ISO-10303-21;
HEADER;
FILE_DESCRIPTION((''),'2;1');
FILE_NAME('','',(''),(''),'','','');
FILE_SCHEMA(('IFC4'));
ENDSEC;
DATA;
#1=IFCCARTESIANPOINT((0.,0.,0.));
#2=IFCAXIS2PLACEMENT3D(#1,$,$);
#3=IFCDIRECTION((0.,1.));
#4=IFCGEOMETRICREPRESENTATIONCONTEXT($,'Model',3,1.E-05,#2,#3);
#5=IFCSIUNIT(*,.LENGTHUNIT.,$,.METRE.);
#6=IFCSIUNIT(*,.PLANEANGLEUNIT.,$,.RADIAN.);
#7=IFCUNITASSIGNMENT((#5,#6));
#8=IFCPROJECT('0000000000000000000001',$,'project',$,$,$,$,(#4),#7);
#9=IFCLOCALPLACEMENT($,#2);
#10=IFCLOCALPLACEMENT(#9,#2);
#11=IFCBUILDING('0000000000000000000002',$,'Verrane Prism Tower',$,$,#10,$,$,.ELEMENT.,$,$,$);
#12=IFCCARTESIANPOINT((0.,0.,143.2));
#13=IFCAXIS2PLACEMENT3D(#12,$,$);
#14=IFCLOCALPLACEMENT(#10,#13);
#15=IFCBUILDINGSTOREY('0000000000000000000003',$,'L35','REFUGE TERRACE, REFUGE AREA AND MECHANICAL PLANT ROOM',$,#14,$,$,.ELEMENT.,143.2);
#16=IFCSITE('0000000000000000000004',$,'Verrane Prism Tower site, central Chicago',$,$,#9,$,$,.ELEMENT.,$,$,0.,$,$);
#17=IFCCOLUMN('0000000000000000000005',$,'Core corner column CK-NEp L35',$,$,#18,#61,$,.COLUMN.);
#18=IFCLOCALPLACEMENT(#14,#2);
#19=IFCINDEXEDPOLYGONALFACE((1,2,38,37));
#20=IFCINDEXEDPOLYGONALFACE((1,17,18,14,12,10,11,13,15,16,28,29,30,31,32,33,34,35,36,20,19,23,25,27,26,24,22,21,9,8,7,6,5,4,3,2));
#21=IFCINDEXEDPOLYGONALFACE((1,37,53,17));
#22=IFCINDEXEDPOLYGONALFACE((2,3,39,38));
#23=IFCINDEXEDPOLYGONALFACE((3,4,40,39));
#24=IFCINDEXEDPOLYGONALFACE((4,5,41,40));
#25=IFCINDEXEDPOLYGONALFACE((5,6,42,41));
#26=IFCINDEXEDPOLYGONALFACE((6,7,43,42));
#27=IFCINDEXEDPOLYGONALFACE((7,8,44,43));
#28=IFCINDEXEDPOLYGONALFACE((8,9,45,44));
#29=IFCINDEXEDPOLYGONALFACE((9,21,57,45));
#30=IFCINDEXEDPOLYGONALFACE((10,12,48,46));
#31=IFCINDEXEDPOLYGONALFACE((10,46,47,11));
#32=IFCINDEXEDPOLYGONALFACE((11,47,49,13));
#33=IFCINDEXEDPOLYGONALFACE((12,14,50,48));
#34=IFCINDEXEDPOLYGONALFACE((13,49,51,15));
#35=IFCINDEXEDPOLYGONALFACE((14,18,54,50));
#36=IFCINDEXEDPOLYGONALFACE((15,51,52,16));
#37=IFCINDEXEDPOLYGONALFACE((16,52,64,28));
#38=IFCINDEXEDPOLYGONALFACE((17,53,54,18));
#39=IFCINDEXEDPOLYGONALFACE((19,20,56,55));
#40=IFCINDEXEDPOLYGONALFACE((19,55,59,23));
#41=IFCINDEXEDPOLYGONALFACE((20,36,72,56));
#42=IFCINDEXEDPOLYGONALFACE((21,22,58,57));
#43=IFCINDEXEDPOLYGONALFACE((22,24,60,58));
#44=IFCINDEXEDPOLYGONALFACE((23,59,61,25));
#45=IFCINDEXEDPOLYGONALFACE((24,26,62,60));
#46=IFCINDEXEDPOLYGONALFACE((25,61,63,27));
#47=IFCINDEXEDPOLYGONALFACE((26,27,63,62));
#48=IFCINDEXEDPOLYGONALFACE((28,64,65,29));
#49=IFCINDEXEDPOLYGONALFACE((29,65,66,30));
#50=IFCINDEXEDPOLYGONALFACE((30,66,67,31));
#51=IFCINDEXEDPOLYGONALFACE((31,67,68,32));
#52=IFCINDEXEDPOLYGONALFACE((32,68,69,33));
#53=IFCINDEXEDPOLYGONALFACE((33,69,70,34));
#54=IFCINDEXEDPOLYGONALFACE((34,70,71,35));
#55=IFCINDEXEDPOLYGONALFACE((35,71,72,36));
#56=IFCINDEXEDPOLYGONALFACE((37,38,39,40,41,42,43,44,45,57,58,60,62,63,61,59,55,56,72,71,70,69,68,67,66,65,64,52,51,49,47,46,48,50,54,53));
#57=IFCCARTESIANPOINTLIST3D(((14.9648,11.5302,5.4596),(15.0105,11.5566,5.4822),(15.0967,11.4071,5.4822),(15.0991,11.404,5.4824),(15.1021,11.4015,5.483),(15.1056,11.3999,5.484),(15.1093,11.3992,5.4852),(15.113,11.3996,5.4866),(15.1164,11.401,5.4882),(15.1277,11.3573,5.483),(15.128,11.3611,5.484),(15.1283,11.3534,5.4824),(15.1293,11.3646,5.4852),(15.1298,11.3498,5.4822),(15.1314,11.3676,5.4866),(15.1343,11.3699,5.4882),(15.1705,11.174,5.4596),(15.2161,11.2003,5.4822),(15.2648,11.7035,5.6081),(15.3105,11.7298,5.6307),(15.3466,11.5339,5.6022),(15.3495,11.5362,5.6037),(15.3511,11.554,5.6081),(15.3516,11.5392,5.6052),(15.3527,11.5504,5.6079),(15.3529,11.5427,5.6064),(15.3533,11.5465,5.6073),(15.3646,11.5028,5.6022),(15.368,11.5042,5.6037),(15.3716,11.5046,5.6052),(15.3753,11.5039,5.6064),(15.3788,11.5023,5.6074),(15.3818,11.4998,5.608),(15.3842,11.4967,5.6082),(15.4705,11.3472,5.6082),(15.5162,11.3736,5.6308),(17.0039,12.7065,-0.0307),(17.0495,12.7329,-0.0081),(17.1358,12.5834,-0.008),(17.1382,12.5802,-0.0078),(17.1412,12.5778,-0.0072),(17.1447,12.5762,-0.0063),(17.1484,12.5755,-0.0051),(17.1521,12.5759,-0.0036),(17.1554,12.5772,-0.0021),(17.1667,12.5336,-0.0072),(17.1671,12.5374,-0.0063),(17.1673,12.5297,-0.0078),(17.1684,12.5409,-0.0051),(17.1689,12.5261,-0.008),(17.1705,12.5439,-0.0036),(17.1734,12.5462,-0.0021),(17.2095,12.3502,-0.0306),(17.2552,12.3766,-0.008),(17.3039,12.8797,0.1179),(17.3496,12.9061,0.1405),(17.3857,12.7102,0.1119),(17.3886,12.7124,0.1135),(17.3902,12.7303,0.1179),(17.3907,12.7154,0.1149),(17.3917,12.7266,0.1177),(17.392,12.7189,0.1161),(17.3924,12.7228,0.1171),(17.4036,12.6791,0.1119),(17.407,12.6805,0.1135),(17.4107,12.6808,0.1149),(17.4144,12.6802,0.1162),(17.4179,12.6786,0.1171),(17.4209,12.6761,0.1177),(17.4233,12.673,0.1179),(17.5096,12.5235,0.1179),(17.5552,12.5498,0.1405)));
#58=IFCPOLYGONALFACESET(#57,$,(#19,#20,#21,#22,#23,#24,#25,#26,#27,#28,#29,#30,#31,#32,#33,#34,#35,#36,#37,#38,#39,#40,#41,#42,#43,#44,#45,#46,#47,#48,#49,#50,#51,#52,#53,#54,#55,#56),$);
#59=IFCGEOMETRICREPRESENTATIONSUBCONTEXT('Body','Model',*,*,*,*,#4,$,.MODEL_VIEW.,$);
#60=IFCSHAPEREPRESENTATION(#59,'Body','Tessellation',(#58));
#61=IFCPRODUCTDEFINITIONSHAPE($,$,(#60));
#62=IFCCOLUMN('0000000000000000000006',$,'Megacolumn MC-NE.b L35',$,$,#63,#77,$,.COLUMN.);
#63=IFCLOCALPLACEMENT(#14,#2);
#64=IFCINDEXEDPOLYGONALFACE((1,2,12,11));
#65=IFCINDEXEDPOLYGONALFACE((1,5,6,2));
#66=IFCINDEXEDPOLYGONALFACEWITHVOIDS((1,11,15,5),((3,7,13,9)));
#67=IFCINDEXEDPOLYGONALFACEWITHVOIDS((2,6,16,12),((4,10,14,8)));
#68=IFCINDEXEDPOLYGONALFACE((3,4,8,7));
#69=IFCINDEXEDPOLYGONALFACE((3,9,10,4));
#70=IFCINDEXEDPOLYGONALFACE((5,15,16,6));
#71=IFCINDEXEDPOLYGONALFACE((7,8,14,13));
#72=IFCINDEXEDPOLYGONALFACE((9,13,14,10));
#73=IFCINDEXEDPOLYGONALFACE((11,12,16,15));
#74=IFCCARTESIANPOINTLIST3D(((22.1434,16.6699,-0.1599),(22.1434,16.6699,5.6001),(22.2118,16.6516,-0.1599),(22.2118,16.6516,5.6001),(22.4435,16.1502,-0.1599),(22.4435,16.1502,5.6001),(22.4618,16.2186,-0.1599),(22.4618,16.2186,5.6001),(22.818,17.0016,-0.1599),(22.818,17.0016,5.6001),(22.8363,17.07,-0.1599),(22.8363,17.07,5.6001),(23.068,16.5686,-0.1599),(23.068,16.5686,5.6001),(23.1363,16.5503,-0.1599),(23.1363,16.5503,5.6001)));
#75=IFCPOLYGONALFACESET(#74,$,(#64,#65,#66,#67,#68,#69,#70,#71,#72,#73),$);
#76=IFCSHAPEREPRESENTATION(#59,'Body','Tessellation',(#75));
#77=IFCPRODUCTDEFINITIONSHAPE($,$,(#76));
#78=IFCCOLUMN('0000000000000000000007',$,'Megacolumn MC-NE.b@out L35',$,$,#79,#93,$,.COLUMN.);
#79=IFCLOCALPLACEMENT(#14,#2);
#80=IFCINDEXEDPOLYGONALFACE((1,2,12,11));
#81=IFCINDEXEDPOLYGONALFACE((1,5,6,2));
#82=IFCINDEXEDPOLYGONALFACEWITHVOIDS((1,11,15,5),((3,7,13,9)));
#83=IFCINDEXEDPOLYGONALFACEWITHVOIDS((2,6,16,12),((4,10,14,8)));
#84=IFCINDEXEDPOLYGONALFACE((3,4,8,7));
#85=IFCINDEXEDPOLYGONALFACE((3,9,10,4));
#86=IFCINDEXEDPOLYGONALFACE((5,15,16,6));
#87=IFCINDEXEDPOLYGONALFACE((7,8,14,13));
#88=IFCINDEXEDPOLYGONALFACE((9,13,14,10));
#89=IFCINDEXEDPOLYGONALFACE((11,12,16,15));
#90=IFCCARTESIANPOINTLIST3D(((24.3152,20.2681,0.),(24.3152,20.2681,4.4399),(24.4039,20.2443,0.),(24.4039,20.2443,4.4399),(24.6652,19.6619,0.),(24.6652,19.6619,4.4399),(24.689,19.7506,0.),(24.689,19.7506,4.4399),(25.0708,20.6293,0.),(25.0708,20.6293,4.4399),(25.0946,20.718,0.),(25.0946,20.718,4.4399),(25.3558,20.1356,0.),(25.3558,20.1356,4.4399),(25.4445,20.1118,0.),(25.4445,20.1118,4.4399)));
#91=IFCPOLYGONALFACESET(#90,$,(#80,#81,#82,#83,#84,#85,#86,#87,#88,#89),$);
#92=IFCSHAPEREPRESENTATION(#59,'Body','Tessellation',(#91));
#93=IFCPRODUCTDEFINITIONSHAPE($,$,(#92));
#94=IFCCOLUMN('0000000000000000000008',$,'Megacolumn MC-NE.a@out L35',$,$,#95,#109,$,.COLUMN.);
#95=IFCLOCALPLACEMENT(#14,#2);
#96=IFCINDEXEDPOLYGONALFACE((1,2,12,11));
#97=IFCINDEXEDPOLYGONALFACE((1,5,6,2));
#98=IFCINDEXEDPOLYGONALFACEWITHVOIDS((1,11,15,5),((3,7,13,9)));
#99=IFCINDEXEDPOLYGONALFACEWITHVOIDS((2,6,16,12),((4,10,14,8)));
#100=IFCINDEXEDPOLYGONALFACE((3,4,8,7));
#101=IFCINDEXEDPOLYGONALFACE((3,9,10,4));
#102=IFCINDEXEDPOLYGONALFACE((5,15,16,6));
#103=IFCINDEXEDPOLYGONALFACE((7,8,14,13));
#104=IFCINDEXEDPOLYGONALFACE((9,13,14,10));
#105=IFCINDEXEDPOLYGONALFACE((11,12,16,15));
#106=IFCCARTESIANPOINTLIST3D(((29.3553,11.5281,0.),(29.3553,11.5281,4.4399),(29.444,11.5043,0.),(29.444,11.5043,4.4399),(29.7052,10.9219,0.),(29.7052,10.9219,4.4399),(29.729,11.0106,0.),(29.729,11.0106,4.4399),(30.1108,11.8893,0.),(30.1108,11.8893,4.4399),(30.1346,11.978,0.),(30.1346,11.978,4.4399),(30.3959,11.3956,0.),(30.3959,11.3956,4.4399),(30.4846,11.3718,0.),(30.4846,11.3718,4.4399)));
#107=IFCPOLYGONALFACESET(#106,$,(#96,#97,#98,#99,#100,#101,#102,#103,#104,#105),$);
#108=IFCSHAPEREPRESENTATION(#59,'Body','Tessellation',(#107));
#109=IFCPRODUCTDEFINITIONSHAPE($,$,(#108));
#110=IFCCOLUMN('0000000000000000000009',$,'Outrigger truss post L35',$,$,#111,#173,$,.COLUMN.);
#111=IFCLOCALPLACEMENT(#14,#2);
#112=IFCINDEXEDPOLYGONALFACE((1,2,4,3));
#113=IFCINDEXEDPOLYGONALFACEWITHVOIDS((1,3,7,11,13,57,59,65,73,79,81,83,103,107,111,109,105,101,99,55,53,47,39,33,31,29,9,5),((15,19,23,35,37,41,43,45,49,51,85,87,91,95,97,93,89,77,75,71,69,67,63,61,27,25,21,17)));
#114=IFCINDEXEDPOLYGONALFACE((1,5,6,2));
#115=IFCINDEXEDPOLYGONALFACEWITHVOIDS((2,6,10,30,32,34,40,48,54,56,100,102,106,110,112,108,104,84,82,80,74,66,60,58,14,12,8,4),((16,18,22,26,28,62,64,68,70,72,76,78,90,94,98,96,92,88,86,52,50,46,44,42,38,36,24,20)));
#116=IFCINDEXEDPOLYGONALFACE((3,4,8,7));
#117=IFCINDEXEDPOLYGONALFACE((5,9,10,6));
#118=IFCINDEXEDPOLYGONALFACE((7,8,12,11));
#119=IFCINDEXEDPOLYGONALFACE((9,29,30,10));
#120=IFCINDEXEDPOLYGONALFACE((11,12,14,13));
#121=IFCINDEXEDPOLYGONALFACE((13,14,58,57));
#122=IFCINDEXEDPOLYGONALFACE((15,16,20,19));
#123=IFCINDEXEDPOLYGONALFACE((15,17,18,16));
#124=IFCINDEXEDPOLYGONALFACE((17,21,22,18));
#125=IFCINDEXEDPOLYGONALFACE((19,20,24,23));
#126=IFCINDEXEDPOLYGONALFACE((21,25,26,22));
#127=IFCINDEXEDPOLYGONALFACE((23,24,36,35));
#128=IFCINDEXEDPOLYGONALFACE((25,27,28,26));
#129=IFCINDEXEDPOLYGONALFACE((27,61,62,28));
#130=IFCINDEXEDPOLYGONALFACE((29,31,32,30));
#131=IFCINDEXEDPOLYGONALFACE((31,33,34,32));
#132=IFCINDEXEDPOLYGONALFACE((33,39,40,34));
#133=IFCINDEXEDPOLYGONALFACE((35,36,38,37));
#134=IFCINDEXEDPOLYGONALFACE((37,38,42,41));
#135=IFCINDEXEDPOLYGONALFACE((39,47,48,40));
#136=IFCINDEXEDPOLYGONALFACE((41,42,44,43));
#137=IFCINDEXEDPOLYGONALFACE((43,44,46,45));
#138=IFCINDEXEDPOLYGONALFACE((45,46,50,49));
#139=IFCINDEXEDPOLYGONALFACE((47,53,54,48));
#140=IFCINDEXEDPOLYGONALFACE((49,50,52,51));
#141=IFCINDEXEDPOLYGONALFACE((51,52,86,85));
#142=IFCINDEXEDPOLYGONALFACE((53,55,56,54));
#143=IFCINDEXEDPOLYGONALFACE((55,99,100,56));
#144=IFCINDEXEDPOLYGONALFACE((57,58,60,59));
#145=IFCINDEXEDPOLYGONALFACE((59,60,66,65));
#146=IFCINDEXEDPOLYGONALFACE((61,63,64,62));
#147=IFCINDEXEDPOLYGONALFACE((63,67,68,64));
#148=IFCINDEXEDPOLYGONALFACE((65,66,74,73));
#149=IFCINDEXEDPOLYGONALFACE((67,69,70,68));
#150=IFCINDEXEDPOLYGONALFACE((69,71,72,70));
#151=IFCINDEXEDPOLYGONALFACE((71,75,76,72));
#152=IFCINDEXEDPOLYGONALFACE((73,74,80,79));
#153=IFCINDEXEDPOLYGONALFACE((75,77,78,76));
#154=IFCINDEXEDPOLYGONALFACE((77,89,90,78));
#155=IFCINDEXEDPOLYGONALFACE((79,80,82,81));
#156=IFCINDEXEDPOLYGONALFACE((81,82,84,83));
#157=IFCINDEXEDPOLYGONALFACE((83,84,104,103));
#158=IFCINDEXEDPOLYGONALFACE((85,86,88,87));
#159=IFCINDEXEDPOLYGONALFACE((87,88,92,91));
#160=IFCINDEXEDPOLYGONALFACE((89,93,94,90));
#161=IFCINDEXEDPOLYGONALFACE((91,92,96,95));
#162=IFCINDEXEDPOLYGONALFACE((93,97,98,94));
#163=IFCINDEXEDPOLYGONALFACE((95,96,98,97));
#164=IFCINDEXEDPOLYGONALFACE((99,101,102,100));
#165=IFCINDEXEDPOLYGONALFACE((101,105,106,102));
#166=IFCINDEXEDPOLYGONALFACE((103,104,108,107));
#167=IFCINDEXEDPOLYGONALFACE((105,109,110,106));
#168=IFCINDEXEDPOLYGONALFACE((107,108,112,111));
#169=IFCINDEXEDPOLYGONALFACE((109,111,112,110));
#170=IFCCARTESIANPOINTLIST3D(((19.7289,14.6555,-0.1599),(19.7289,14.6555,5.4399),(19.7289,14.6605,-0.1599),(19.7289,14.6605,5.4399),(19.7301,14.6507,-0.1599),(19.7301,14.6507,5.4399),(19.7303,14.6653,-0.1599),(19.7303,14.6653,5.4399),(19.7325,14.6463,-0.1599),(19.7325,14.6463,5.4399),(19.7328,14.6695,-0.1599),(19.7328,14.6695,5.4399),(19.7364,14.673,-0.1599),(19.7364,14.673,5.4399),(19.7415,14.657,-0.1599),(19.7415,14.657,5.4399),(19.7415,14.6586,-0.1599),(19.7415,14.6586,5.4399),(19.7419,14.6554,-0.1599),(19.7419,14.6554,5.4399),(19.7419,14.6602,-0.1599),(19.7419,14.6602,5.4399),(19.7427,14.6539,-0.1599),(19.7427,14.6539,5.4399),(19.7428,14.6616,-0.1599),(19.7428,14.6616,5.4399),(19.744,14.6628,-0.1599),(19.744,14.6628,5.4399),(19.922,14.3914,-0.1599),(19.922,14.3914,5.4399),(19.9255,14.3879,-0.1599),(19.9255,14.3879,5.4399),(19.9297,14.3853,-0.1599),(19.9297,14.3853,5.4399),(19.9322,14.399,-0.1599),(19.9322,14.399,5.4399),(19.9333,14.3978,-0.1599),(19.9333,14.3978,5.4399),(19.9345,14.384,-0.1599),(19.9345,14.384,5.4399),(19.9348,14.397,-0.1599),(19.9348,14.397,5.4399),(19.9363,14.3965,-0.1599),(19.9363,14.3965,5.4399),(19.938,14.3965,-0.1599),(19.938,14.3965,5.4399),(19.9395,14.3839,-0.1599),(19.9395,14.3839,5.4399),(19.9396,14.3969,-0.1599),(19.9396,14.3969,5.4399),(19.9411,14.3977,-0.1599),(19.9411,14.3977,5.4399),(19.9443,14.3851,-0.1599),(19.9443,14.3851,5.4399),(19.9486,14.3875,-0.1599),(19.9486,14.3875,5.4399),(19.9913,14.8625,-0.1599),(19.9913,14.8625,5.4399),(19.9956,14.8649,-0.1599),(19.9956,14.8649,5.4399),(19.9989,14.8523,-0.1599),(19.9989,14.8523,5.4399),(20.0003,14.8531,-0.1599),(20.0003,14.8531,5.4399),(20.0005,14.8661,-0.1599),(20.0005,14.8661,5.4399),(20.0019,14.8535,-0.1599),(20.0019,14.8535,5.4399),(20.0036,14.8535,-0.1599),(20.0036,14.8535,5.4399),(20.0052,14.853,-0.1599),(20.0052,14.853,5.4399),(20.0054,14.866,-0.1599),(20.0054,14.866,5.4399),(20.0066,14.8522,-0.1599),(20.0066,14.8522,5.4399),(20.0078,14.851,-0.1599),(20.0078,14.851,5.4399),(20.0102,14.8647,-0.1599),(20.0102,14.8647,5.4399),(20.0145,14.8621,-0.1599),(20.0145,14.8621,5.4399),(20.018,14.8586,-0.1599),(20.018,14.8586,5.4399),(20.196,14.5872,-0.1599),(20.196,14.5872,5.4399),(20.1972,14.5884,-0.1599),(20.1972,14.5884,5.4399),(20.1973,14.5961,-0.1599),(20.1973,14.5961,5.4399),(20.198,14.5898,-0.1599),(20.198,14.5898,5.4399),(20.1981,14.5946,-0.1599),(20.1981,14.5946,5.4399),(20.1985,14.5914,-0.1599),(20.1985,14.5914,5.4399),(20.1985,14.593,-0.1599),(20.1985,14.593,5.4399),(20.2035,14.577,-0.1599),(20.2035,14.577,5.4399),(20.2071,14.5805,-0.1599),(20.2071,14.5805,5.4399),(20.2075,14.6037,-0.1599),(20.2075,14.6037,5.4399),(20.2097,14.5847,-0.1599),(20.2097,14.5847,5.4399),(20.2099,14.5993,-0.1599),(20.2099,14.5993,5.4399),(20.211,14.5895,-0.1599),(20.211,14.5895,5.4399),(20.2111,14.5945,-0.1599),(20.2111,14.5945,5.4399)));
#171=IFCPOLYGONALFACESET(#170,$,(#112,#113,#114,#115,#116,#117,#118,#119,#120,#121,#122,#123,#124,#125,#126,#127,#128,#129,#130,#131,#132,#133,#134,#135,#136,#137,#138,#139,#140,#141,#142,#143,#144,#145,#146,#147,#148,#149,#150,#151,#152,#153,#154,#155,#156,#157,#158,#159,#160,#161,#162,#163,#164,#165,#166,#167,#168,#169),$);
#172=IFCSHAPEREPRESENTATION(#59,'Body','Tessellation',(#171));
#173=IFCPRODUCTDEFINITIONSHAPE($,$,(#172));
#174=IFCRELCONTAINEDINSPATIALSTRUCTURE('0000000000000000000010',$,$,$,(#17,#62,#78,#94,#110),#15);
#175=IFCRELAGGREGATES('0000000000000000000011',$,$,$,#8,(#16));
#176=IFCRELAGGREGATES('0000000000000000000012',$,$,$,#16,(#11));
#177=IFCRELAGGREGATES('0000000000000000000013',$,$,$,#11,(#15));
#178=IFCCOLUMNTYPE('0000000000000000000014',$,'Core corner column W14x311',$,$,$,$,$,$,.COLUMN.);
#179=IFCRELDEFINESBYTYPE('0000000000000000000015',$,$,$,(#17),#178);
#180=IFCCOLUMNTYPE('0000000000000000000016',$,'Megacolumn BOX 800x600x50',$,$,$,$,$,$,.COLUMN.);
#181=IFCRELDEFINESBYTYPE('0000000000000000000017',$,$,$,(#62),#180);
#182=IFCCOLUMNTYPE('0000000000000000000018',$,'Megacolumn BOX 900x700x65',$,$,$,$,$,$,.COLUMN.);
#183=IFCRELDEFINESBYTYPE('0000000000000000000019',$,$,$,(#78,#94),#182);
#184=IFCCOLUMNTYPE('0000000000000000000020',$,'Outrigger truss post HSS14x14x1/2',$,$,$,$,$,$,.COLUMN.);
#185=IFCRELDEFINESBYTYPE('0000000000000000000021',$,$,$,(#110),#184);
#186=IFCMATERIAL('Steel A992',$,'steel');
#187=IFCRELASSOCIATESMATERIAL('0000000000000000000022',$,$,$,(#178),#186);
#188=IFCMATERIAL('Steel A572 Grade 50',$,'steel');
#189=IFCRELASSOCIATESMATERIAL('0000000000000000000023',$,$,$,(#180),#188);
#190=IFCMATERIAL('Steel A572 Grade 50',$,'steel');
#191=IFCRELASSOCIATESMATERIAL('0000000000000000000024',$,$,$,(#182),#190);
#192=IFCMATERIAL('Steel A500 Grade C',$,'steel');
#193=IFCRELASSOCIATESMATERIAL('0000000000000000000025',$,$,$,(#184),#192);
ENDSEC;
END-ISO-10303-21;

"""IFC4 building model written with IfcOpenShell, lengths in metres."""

from ifc_helpers import new_model, si_unit, direction, frame, origin, origin_2d, place, context, subcontext, project, spatial, hollow_rectangle, i_section, extrude, material, material_profile, profile_set, type_object, element, save


model = new_model("IFC4")

# Units and contexts
model_context = context("Model", 3, precision=1e-05, world=origin(), true_north=direction((0.0, 1.0)))
body_context = subcontext(model_context, "Body", "Model", "MODEL_VIEW")
ifc_project = project(units=[si_unit("LENGTHUNIT", "METRE"), si_unit("PLANEANGLEUNIT", "RADIAN")], contexts=[model_context])

# Site, building, storey
site_placement = place(None, origin())
site = spatial("IfcSite", under=ifc_project, at=site_placement, Name="Verrane Prism Tower site, central Chicago", CompositionType="ELEMENT", RefElevation=0.0)
building_placement = place(site_placement, origin())
building = spatial("IfcBuilding", under=site, at=building_placement, Name="Verrane Prism Tower", CompositionType="ELEMENT")
storey_placement = place(building_placement, frame((0.0, 0.0, 143.2)))
storey = spatial("IfcBuildingStorey", under=building, at=storey_placement, Name="L35", Description="REFUGE TERRACE, REFUGE AREA AND MECHANICAL PLANT ROOM", CompositionType="ELEMENT", Elevation=143.2)

# Columns
ifc_material_1 = material(Name="Steel A992", Category="steel")
ifc_material_profile_1 = material_profile(ifc_material_1, i_section(OverallWidth=0.4114, OverallDepth=0.4343, WebThickness=0.0359, FlangeThickness=0.0574, FilletRadius=0.0151, at=origin_2d()), Name="W14x311")
ifc_profile_set_1 = profile_set([ifc_material_profile_1], Name="Steel A992")
column_type_1 = type_object("IfcColumnType", Name="Core corner column W14x311", PredefinedType="COLUMN", material=ifc_profile_set_1)
column_1_placement = place(storey_placement, frame((17.2795, 12.6282, 0.0549), z_axis=(-0.341345, -0.196911, 0.919081), x_axis=(0.499964, -0.866046, 0.000138)))
element("IfcColumn", 1, at=column_1_placement, inside=storey, type_object=column_type_1, Name="Core corner column CK-NEp L35", PredefinedType="COLUMN", context=body_context, shape_type="SweptSolid", body=[
    extrude(i_section(OverallWidth=0.4114, OverallDepth=0.4343, WebThickness=0.0359, FlangeThickness=0.0574, FilletRadius=0.0151, at=origin_2d()), origin(), (0.0, 0.0, 1.0), 5.9736),
])
ifc_material_2 = material(Name="Steel A572 Grade 50", Category="steel")
ifc_material_profile_2 = material_profile(ifc_material_2, hollow_rectangle(XDim=0.6001, YDim=0.8, WallThickness=0.05, at=origin_2d()), Name="BOX 800x600x50")
ifc_profile_set_2 = profile_set([ifc_material_profile_2], Name="Steel A572 Grade 50")
column_type_2 = type_object("IfcColumnType", Name="Megacolumn BOX 800x600x50", PredefinedType="COLUMN", material=ifc_profile_set_2)
column_2_placement = place(storey_placement, frame((22.6399, 16.6101, -0.1599), z_axis=(0.0, 0.0, 1.0), x_axis=(0.5, -0.866025, 0.0)))
element("IfcColumn", 2, at=column_2_placement, inside=storey, type_object=column_type_2, Name="Megacolumn MC-NE.b L35", PredefinedType="COLUMN", context=body_context, shape_type="SweptSolid", body=[
    extrude(hollow_rectangle(XDim=0.6001, YDim=0.8, WallThickness=0.05, at=origin_2d()), origin(), (0.0, 0.0, 1.0), 5.76),
])
ifc_material_3 = material(Name="Steel A572 Grade 50", Category="steel")
ifc_material_profile_3 = material_profile(ifc_material_3, hollow_rectangle(XDim=0.7, YDim=0.8999, WallThickness=0.0649, at=origin_2d()), Name="BOX 900x700x65")
ifc_profile_set_3 = profile_set([ifc_material_profile_3], Name="Steel A572 Grade 50")
column_type_3 = type_object("IfcColumnType", Name="Megacolumn BOX 900x700x65", PredefinedType="COLUMN", material=ifc_profile_set_3)
for number, where, z_axis, x_axis, name in (
    (3, (24.8799, 20.1899, 0.0), (0.0, 0.0, 1.0), (0.5, -0.866025, 0.0), "Megacolumn MC-NE.b@out L35"),
    (4, (29.9199, 11.45, 0.0), (0.0, 0.0, 1.0), (0.5, -0.866025, 0.0), "Megacolumn MC-NE.a@out L35"),
):
    element("IfcColumn", number, at=place(storey_placement, frame(where, z_axis=z_axis, x_axis=x_axis)), inside=storey, type_object=column_type_3, Name=name, PredefinedType="COLUMN", context=body_context, shape_type="SweptSolid", body=[
        extrude(hollow_rectangle(XDim=0.7, YDim=0.8999, WallThickness=0.0649, at=origin_2d()), origin(), (0.0, 0.0, 1.0), 4.4399),
    ])
ifc_material_4 = material(Name="Steel A500 Grade C", Category="steel")
ifc_material_profile_4 = material_profile(ifc_material_4, hollow_rectangle(XDim=0.3557, YDim=0.3557, WallThickness=0.0127, InnerFilletRadius=0.0063, OuterFilletRadius=0.019, at=origin_2d()), Name="HSS14x14x1/2")
ifc_profile_set_4 = profile_set([ifc_material_profile_4], Name="Steel A500 Grade C")
column_type_4 = type_object("IfcColumnType", Name="Outrigger truss post HSS14x14x1/2", PredefinedType="COLUMN", material=ifc_profile_set_4)
column_3_placement = place(storey_placement, frame((19.97, 14.625, -0.1599), z_axis=(0.0, 0.0, 1.0), x_axis=(-0.596628, 0.802518, 0.0)))
element("IfcColumn", 5, at=column_3_placement, inside=storey, type_object=column_type_4, Name="Outrigger truss post L35", PredefinedType="COLUMN", context=body_context, shape_type="SweptSolid", body=[
    extrude(hollow_rectangle(XDim=0.3557, YDim=0.3557, WallThickness=0.0127, InnerFilletRadius=0.0063, OuterFilletRadius=0.019, at=origin_2d()), origin(), (0.0, 0.0, 1.0), 5.5999),
])

save(model, "model.ifc")
